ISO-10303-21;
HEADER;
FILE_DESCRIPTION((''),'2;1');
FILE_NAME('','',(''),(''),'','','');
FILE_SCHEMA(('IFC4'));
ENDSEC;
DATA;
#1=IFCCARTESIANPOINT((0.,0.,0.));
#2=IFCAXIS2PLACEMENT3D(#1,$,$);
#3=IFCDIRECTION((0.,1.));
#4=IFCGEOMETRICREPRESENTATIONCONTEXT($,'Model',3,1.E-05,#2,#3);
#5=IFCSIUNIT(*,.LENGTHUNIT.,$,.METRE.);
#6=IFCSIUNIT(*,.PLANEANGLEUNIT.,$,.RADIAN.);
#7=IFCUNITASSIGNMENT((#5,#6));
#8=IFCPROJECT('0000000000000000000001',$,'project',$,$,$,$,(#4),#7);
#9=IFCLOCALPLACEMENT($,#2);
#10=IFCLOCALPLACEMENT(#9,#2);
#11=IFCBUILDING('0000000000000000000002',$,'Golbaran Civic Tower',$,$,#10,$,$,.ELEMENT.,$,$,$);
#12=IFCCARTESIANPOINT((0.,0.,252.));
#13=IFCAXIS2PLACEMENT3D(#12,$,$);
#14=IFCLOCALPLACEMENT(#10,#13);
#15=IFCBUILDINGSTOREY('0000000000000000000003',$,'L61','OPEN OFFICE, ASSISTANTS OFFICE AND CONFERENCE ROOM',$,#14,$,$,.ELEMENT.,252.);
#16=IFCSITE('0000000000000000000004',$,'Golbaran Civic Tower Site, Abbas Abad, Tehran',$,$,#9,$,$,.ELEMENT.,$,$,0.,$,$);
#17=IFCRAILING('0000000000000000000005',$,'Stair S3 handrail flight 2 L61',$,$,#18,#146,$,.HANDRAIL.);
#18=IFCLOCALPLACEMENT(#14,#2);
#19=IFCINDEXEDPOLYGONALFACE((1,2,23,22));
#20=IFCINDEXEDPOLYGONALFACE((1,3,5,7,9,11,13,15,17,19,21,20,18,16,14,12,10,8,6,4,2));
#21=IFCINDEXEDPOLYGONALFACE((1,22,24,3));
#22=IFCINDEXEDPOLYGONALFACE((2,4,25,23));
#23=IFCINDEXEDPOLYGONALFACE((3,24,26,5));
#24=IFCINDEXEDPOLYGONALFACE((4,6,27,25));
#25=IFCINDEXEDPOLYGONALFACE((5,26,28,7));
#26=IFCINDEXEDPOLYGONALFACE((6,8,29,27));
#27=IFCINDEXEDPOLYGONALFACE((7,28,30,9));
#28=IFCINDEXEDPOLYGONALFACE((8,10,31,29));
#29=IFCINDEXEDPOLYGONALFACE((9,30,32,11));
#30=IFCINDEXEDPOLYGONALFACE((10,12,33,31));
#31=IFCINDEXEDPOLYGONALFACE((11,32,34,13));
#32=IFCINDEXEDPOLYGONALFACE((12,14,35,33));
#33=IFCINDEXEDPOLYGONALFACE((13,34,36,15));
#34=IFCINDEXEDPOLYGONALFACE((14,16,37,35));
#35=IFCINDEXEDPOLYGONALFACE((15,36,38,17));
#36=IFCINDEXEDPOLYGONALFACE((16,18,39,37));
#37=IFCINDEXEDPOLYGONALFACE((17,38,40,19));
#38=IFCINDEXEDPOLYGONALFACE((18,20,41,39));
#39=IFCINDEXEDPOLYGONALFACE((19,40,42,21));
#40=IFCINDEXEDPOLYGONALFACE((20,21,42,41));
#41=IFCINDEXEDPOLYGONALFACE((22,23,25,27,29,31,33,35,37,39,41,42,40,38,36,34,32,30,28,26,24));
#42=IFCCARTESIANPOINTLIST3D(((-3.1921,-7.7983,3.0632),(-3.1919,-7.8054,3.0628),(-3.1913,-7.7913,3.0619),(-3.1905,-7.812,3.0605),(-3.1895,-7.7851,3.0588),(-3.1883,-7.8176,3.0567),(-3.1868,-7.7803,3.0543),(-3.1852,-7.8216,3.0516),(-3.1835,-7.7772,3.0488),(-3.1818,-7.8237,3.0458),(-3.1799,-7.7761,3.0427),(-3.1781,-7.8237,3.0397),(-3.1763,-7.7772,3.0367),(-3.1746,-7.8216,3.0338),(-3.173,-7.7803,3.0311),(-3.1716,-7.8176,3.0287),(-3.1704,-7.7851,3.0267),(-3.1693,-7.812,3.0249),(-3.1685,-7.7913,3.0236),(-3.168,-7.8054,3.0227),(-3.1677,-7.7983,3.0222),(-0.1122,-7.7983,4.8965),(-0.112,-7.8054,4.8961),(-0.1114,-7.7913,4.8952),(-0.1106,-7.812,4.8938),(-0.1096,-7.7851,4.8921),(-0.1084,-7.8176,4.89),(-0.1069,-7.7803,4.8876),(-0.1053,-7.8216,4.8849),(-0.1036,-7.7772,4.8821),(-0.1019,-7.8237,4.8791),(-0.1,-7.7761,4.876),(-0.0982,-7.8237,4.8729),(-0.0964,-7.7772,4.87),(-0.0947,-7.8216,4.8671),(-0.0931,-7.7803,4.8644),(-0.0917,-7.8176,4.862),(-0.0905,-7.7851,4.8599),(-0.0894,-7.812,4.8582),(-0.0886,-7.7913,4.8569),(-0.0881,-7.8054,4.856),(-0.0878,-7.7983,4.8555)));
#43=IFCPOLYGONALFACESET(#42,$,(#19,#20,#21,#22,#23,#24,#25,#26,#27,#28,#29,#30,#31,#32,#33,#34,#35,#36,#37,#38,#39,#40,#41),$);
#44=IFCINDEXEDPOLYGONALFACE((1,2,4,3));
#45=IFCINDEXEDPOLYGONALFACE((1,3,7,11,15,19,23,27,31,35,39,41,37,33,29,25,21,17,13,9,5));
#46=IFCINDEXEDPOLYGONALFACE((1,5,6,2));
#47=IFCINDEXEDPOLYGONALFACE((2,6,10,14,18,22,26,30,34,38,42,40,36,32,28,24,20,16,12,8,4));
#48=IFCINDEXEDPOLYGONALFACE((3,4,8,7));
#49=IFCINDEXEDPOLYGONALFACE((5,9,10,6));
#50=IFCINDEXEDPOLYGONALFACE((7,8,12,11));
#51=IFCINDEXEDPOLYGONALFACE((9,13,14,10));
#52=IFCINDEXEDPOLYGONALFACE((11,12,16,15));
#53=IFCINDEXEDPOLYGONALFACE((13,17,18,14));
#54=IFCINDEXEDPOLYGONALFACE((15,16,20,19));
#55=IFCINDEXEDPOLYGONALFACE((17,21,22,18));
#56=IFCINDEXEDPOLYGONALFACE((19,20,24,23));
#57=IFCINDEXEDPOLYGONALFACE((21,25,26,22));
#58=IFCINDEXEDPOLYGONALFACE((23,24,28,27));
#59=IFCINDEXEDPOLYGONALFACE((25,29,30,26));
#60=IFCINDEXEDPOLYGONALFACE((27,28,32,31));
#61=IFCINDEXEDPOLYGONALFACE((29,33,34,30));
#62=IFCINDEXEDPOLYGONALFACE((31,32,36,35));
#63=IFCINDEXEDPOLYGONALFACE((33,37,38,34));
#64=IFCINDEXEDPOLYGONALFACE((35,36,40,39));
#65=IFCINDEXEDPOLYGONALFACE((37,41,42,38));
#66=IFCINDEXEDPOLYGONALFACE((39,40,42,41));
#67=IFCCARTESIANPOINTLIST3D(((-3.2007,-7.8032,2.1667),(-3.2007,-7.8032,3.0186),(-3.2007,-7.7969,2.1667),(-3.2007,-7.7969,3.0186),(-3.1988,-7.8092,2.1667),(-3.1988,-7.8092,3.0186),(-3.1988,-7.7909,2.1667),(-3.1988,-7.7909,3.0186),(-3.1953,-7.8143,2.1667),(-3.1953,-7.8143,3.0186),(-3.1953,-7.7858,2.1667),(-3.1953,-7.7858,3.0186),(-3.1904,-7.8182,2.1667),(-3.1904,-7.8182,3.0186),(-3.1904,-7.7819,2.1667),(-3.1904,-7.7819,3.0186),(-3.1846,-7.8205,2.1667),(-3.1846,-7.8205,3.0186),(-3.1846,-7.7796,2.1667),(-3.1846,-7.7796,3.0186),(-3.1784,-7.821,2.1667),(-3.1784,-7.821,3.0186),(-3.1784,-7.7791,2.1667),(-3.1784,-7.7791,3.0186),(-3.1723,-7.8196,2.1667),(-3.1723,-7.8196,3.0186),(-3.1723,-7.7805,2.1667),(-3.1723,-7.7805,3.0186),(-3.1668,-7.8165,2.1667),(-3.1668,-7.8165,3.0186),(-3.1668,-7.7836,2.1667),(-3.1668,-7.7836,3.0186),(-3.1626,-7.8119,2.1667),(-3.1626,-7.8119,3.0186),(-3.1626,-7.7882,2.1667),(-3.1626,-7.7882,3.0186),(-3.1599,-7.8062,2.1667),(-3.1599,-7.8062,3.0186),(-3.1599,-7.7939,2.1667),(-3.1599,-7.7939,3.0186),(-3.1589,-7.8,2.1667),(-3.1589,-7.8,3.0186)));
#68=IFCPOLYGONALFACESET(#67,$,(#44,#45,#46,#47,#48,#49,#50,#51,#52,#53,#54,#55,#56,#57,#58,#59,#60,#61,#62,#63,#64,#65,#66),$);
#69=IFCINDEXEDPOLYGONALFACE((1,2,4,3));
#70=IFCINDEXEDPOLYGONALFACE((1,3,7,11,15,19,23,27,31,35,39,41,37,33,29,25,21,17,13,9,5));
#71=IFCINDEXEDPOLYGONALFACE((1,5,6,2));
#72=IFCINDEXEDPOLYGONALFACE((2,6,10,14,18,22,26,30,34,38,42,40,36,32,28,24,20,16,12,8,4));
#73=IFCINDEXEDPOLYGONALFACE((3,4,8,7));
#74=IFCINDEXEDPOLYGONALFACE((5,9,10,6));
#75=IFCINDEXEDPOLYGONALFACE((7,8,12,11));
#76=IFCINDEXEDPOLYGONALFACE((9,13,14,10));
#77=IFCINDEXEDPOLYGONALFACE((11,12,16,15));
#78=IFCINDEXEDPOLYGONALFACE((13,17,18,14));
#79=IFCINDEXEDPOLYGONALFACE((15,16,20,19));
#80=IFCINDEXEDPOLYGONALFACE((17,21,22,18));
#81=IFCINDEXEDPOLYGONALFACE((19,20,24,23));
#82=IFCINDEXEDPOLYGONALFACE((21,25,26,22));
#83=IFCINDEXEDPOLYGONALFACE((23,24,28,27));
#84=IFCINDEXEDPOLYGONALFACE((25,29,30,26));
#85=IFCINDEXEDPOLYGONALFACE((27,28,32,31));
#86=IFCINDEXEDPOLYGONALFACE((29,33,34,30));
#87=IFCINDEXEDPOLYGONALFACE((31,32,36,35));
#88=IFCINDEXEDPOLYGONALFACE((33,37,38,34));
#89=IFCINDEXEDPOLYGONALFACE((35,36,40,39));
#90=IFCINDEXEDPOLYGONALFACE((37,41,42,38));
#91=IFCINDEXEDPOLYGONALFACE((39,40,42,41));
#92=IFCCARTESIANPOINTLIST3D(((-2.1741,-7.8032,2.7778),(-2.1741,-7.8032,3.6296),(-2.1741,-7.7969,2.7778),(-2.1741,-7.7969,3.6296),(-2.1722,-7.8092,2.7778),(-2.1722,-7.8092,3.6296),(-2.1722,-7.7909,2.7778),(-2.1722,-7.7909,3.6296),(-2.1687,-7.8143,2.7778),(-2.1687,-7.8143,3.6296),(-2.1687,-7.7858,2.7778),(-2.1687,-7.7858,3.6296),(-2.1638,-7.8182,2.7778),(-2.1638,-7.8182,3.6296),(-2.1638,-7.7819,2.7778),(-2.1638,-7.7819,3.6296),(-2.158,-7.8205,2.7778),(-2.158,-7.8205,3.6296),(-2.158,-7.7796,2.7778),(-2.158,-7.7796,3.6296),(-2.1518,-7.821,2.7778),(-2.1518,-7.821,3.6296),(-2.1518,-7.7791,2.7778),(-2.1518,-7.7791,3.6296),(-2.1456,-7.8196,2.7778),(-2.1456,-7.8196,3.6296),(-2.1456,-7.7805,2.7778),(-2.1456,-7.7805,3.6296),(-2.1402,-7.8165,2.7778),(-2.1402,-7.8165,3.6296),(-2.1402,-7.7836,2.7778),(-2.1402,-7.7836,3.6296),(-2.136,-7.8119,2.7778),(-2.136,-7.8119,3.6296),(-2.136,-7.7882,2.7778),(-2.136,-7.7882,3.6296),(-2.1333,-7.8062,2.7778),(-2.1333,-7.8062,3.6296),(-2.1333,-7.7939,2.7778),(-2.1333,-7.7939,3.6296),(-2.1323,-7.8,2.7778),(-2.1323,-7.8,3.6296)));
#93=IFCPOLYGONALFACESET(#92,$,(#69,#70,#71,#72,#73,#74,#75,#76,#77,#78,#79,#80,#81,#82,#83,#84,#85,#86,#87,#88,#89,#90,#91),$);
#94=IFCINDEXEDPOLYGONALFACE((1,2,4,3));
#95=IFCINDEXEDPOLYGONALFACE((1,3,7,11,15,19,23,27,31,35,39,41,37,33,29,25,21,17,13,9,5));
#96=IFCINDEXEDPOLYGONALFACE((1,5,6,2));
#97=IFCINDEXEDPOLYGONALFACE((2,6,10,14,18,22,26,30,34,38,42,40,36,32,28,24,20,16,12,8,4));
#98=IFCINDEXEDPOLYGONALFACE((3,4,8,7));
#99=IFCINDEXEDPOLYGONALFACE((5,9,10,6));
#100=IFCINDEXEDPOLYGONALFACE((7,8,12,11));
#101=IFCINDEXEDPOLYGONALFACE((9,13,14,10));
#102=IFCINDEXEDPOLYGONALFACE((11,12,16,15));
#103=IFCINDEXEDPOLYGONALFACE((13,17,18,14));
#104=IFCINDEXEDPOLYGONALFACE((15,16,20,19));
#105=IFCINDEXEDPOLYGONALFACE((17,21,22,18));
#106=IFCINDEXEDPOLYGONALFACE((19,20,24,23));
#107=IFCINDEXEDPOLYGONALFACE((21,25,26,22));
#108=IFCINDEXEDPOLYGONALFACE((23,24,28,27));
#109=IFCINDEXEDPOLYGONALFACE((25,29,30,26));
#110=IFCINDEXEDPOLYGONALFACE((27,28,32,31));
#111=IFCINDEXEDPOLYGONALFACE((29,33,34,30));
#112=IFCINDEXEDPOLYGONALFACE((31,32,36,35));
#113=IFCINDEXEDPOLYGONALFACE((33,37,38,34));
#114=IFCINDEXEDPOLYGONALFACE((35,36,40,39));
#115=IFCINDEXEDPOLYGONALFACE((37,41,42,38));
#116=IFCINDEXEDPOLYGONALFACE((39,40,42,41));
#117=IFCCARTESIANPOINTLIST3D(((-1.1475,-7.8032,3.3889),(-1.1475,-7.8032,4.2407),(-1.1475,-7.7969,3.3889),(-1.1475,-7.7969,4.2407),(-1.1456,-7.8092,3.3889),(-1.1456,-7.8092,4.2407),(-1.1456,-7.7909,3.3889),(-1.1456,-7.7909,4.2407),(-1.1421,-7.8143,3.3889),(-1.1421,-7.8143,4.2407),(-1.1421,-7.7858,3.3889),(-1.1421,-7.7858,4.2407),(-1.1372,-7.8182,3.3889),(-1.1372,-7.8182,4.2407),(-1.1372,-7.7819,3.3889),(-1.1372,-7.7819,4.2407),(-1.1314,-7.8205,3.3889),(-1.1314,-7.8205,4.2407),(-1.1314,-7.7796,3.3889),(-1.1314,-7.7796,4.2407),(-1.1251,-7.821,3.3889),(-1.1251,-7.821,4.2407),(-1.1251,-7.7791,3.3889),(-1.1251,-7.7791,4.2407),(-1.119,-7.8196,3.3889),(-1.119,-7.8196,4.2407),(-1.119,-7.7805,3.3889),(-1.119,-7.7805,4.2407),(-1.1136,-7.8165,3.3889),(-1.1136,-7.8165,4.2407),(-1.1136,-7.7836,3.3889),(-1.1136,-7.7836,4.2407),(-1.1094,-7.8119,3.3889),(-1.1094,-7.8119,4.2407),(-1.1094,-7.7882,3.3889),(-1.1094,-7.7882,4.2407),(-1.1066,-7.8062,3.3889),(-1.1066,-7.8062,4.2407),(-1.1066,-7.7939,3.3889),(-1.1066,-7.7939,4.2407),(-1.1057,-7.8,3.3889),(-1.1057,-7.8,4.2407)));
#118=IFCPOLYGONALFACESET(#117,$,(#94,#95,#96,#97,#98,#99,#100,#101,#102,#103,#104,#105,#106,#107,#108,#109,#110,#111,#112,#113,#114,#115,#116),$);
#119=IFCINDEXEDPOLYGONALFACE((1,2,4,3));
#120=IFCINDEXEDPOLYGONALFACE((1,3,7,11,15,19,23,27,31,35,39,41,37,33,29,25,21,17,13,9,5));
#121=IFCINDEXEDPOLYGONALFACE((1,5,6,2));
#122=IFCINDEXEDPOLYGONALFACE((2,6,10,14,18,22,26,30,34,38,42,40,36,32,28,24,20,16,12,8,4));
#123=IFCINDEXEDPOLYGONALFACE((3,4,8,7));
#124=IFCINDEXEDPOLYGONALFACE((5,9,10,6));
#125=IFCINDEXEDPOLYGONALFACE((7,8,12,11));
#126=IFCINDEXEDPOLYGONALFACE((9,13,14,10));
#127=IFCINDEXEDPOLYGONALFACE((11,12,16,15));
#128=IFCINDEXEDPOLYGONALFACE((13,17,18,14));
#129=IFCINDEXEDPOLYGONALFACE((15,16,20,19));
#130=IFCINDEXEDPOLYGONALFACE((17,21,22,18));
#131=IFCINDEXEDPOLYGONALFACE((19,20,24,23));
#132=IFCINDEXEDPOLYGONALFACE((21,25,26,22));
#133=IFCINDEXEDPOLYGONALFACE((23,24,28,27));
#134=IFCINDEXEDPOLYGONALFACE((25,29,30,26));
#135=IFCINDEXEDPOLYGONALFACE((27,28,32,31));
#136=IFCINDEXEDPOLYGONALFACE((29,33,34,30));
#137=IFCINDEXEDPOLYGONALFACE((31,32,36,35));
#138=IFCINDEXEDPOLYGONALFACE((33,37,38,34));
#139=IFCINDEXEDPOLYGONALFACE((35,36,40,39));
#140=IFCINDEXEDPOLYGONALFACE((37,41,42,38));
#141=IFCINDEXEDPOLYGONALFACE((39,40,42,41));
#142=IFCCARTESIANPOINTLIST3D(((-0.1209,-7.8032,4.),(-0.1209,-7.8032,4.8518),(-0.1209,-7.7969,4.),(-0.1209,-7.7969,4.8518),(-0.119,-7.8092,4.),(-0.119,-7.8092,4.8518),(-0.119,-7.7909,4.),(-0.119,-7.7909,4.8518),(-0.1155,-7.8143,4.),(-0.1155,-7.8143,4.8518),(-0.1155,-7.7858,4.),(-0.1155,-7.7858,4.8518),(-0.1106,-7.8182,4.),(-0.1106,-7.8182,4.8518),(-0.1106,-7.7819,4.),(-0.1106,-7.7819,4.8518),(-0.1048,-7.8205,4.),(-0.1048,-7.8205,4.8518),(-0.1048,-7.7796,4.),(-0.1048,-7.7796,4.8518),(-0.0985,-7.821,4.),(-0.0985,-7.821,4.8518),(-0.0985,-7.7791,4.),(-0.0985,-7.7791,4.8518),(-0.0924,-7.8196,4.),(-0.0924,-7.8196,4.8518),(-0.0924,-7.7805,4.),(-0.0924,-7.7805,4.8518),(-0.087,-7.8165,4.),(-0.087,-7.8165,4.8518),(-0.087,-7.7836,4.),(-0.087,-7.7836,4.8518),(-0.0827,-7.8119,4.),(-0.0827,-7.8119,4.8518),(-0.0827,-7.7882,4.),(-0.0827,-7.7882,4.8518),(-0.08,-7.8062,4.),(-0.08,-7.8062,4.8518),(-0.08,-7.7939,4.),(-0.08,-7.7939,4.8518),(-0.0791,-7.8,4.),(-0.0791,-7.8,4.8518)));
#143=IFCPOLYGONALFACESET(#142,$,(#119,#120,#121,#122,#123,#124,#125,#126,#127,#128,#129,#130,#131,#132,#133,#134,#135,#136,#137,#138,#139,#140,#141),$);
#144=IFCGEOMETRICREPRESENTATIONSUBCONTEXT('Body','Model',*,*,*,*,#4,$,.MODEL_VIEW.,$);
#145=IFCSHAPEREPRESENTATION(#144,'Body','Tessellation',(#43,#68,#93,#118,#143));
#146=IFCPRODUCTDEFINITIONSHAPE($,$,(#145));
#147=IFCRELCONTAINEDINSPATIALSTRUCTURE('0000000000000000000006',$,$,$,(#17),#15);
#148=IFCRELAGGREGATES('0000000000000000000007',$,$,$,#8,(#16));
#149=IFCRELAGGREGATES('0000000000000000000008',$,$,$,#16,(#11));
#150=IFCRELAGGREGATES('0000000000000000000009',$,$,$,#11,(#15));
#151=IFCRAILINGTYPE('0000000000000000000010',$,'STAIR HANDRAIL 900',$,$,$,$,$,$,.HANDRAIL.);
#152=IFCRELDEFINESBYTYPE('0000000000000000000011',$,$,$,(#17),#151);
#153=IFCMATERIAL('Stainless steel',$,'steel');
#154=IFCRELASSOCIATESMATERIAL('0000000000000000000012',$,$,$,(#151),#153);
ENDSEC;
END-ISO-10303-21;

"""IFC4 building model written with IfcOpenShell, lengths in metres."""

from ifc_helpers import new_model, si_unit, direction, frame, origin, origin_2d, place, context, subcontext, project, spatial, circle, extrude, material, type_object, element, save


model = new_model("IFC4")

# Units and contexts
model_context = context("Model", 3, precision=1e-05, world=origin(), true_north=direction((0.0, 1.0)))
body_context = subcontext(model_context, "Body", "Model", "MODEL_VIEW")
ifc_project = project(units=[si_unit("LENGTHUNIT", "METRE"), si_unit("PLANEANGLEUNIT", "RADIAN")], contexts=[model_context])

# Site, building, storey
site_placement = place(None, origin())
site = spatial("IfcSite", under=ifc_project, at=site_placement, Name="Golbaran Civic Tower Site, Abbas Abad, Tehran", CompositionType="ELEMENT", RefElevation=0.0)
building_placement = place(site_placement, origin())
building = spatial("IfcBuilding", under=site, at=building_placement, Name="Golbaran Civic Tower", CompositionType="ELEMENT")
storey_placement = place(building_placement, frame((0.0, 0.0, 252.0)))
storey = spatial("IfcBuildingStorey", under=building, at=storey_placement, Name="L61", Description="OPEN OFFICE, ASSISTANTS OFFICE AND CONFERENCE ROOM", CompositionType="ELEMENT", Elevation=252.0)

# Shared definitions
ifc_material_1 = material(Name="Stainless steel", Category="steel")

# Railing
railing_type = type_object("IfcRailingType", Name="STAIR HANDRAIL 900", PredefinedType="HANDRAIL", material=ifc_material_1)
railing_1_placement = place(storey_placement, frame((-3.1799, -7.8, 2.1667)))
element("IfcRailing", 1, at=railing_1_placement, inside=storey, type_object=railing_type, Name="Stair S3 handrail flight 2 L61", PredefinedType="HANDRAIL", context=body_context, shape_type="SweptSolid", body=[
    extrude(circle(Radius=0.0239, at=origin_2d()), frame((0.0, 0.0, 0.876), z_axis=(0.859291, 0.0, 0.511487), x_axis=(0.0, 1.0, 0.0)), (0.0, 0.0, 1.0), 3.5842),
    extrude(circle(Radius=0.021, at=origin_2d()), origin(), (0.0, 0.0, 1.0), 0.8518),
    extrude(circle(Radius=0.021, at=origin_2d()), frame((1.0266, 0.0, 0.6111)), (0.0, 0.0, 1.0), 0.8518),
    extrude(circle(Radius=0.021, at=origin_2d()), frame((2.0532, 0.0, 1.2222)), (0.0, 0.0, 1.0), 0.8518),
    extrude(circle(Radius=0.021, at=origin_2d()), frame((3.0798, 0.0, 1.8333)), (0.0, 0.0, 1.0), 0.8518),
])

save(model, "model.ifc")
